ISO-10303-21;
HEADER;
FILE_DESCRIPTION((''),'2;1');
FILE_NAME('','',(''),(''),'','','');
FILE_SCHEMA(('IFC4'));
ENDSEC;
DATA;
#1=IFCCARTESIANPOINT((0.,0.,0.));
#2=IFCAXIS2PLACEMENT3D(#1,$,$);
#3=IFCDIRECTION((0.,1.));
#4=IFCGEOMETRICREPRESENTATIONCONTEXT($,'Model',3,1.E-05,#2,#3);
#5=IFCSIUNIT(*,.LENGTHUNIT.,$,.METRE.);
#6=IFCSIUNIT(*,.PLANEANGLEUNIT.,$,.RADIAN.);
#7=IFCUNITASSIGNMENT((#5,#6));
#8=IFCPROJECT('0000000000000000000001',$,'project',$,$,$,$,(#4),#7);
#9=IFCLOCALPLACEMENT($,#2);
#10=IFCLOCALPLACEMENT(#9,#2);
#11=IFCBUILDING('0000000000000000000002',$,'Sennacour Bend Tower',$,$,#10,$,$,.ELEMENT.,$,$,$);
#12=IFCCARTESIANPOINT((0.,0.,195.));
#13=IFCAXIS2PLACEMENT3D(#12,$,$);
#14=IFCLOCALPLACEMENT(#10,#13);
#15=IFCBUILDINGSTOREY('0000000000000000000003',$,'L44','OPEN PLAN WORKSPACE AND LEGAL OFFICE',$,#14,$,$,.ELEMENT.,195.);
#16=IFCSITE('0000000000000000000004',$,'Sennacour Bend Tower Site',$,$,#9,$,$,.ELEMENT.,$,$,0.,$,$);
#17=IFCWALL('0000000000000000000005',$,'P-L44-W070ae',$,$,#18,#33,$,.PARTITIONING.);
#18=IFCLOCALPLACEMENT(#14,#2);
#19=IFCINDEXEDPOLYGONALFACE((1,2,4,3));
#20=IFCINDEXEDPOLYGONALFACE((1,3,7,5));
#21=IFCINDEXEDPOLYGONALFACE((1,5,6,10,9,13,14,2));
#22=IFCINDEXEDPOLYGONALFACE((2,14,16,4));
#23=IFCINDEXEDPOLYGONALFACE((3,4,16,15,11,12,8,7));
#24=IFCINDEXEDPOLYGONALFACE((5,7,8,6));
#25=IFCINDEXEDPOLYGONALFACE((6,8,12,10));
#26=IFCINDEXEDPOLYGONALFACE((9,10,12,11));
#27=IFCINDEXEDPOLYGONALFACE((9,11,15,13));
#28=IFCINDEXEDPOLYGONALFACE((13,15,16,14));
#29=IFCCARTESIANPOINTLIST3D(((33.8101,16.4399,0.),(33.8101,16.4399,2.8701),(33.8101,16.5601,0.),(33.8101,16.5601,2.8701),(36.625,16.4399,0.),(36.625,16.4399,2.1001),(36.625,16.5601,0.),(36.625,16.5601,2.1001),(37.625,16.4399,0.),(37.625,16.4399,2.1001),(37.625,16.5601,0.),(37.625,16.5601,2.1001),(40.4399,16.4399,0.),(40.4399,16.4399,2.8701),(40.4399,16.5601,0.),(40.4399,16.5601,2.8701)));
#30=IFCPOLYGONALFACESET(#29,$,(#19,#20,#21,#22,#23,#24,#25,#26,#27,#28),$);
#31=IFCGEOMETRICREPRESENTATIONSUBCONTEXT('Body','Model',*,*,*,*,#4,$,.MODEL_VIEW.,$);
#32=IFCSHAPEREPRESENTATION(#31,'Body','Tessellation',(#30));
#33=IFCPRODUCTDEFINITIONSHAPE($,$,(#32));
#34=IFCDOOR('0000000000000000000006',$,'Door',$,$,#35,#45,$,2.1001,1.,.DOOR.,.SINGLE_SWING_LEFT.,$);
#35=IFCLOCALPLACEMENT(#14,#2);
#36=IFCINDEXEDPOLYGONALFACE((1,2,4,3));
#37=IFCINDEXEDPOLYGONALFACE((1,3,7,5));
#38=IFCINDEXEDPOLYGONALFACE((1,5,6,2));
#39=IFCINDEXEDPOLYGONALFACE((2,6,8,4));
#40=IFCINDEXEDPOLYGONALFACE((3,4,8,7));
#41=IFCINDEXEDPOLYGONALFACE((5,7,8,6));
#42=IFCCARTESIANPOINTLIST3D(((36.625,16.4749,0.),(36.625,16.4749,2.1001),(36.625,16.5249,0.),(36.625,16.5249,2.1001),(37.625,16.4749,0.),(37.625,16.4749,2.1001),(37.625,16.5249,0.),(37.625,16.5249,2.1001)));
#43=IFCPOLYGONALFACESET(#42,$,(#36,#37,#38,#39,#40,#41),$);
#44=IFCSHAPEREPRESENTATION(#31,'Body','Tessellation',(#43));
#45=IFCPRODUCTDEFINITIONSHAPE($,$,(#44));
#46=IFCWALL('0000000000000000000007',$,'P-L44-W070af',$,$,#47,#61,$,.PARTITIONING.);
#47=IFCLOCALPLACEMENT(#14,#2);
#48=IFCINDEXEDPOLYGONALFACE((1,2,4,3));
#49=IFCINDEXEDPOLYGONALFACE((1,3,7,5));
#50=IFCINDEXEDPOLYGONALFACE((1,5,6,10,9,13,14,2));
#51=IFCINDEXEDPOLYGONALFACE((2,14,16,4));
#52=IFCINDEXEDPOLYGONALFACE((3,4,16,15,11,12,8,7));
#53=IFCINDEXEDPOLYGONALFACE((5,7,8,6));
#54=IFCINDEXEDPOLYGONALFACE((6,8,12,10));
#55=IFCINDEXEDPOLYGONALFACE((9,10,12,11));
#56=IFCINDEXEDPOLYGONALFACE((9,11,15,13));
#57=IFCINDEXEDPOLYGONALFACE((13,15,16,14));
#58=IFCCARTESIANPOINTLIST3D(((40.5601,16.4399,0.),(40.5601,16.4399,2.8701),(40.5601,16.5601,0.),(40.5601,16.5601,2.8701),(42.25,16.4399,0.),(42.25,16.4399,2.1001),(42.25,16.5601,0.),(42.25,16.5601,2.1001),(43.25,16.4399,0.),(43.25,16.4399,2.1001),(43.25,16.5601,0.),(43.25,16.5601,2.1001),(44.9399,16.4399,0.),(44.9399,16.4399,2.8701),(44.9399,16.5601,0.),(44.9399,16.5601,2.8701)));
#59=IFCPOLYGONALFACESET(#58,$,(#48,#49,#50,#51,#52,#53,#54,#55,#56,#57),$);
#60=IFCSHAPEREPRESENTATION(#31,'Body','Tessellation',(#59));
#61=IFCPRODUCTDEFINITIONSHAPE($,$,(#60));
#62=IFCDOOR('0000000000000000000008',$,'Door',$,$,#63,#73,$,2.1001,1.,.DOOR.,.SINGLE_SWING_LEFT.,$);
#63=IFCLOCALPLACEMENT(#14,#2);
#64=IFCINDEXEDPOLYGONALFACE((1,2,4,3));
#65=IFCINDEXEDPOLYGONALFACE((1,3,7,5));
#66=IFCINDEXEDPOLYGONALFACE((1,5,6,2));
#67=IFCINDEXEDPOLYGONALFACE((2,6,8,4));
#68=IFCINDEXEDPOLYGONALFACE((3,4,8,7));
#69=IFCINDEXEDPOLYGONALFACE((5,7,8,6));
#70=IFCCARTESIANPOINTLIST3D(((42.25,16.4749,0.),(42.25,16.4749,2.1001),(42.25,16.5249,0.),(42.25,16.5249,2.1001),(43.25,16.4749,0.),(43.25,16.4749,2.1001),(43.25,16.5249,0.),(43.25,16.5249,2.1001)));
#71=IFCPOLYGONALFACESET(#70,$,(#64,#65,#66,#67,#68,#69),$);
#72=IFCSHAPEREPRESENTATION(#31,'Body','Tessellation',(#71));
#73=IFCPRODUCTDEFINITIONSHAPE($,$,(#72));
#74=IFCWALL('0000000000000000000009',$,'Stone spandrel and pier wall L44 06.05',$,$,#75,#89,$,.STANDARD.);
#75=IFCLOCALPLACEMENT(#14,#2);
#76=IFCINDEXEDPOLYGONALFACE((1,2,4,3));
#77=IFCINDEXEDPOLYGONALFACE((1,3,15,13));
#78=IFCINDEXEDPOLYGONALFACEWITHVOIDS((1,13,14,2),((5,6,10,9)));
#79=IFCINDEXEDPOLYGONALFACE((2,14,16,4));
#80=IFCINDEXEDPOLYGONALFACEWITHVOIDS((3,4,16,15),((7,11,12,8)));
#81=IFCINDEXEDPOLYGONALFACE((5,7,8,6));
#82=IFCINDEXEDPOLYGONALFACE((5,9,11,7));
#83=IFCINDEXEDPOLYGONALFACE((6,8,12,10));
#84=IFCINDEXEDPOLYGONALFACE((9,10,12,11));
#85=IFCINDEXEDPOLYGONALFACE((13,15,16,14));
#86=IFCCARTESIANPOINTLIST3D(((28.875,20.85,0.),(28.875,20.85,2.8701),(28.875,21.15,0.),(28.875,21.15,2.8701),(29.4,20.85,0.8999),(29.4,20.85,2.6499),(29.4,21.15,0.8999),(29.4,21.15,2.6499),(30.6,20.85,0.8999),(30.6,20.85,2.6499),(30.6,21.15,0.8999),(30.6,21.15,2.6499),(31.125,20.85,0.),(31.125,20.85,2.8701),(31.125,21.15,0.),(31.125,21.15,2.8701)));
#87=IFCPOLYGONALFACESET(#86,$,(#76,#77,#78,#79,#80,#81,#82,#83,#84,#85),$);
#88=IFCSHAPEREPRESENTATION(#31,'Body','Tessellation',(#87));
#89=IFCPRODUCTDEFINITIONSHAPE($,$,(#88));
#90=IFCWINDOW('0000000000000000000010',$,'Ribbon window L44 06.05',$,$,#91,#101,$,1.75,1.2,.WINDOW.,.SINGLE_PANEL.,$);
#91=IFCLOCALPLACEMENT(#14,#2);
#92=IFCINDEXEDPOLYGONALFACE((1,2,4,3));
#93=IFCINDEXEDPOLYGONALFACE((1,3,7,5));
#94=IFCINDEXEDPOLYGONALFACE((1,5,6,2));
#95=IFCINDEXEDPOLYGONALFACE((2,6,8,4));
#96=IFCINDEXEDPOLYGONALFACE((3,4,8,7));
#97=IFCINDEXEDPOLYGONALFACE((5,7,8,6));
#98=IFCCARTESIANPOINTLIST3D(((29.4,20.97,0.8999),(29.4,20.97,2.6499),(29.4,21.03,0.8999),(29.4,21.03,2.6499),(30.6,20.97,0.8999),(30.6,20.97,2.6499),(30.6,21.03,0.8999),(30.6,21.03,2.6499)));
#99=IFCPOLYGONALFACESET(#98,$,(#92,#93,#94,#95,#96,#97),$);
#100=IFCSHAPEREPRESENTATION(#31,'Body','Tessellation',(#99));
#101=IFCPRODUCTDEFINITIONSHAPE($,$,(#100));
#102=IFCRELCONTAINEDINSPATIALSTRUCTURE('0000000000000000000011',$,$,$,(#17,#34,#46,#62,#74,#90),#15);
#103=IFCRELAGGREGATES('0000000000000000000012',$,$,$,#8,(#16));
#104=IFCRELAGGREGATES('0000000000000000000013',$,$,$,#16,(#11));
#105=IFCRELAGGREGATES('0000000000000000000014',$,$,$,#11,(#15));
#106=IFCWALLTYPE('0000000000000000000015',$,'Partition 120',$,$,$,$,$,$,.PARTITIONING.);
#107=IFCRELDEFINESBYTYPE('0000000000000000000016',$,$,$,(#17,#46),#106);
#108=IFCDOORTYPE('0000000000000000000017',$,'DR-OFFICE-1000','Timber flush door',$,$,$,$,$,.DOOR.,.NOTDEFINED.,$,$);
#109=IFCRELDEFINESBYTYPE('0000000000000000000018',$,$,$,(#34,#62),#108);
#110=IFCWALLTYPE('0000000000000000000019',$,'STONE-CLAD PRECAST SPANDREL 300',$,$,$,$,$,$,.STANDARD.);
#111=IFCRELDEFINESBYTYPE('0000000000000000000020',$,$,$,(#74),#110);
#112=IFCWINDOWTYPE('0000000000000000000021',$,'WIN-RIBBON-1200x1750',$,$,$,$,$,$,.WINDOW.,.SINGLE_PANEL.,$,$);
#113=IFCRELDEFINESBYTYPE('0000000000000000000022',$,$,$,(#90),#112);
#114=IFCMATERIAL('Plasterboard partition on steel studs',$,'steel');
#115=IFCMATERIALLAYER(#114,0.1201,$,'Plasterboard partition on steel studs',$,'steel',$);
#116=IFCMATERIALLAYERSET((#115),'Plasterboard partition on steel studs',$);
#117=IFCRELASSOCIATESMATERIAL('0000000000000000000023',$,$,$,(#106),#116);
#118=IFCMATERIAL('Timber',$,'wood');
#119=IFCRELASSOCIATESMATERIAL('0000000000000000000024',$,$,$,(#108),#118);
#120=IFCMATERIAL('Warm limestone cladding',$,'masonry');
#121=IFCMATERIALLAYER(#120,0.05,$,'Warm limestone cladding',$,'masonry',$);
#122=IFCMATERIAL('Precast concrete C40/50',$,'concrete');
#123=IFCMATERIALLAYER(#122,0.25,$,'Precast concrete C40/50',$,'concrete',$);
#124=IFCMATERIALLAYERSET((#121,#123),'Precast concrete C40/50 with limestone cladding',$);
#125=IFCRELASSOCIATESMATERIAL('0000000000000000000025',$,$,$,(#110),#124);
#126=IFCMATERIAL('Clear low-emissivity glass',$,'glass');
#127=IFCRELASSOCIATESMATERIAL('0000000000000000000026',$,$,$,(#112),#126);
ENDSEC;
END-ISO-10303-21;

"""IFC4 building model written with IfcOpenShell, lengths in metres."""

from ifc_helpers import new_model, si_unit, direction, frame, frame_2d, origin, place, context, subcontext, project, spatial, rectangle, extrude, material, layer, layer_set, type_object, element, fill, save


model = new_model("IFC4")

# Units and contexts
model_context = context("Model", 3, precision=1e-05, world=origin(), true_north=direction((0.0, 1.0)))
body_context = subcontext(model_context, "Body", "Model", "MODEL_VIEW")
ifc_project = project(units=[si_unit("LENGTHUNIT", "METRE"), si_unit("PLANEANGLEUNIT", "RADIAN")], contexts=[model_context])

# Site, building, storey
site_placement = place(None, origin())
site = spatial("IfcSite", under=ifc_project, at=site_placement, Name="Sennacour Bend Tower Site", CompositionType="ELEMENT", RefElevation=0.0)
building_placement = place(site_placement, origin())
building = spatial("IfcBuilding", under=site, at=building_placement, Name="Sennacour Bend Tower", CompositionType="ELEMENT")
storey_placement = place(building_placement, frame((0.0, 0.0, 195.0)))
storey = spatial("IfcBuildingStorey", under=building, at=storey_placement, Name="L44", Description="OPEN PLAN WORKSPACE AND LEGAL OFFICE", CompositionType="ELEMENT", Elevation=195.0)

# Shared definitions
ifc_material_1 = material(Name="Plasterboard partition on steel studs", Category="steel")
ifc_layer_1 = layer(ifc_material_1, 0.1201, Name="Plasterboard partition on steel studs", Category="steel")
ifc_layer_set_1 = layer_set([ifc_layer_1], Name="Plasterboard partition on steel studs")
wall_type_1 = type_object("IfcWallType", Name="Partition 120", PredefinedType="PARTITIONING", material=ifc_layer_set_1)

# Shared definitions
ifc_material_2 = material(Name="Timber", Category="wood")

# Walls, openings, doors
door_type_1 = type_object("IfcDoorType", Name="DR-OFFICE-1000", Description="Timber flush door", OperationType="NOTDEFINED", PredefinedType="DOOR", material=ifc_material_2)
wall_1_placement = place(storey_placement, frame((33.8101, 16.5, 0.0), z_axis=(0.0, 0.0, 1.0), x_axis=(1.0, 0.0, 0.0)))
wall_1 = element("IfcWall", 1, at=wall_1_placement, inside=storey, type_object=wall_type_1, Name="P-L44-W070ae", PredefinedType="PARTITIONING", context=body_context, shape_type="SweptSolid", body=[
    extrude(rectangle(XDim=6.6299, YDim=0.1201, at=frame_2d((3.3149, 0.0))), origin(), (0.0, 0.0, 1.0), 2.8701),
])
opening_1_placement = place(wall_1_placement, frame((2.8149, 0.0, 0.0)))
opening_1 = element("IfcOpeningElement", 2, at=opening_1_placement, cuts=wall_1, PredefinedType="OPENING", context=body_context, shape_type="SweptSolid", body=[
    extrude(rectangle(XDim=1.0, YDim=2.1001, at=frame_2d((0.5, 1.05))), frame((0.0, 0.0701, 0.0), z_axis=(0.0, -1.0, 0.0), x_axis=(1.0, 0.0, 0.0)), (0.0, 0.0, 1.0), 0.1401),
])
door_1_placement = place(opening_1_placement, origin())
door_1 = element("IfcDoor", 3, at=door_1_placement, inside=storey, type_object=door_type_1, Name="Door", OperationType="SINGLE_SWING_LEFT", OverallHeight=2.1001, OverallWidth=1.0, PredefinedType="DOOR", context=body_context, shape_type="SweptSolid", body=[
    extrude(rectangle(XDim=1.0, YDim=2.1001, at=frame_2d((0.5, 1.05))), frame((0.0, 0.0249, 0.0), z_axis=(0.0, -1.0, 0.0), x_axis=(1.0, 0.0, 0.0)), (0.0, 0.0, 1.0), 0.05),
])
fill(opening_1, door_1)
wall_2_placement = place(storey_placement, frame((40.5601, 16.5, 0.0), z_axis=(0.0, 0.0, 1.0), x_axis=(1.0, 0.0, 0.0)))
wall_2 = element("IfcWall", 4, at=wall_2_placement, inside=storey, type_object=wall_type_1, Name="P-L44-W070af", PredefinedType="PARTITIONING", context=body_context, shape_type="SweptSolid", body=[
    extrude(rectangle(XDim=4.3799, YDim=0.1201, at=frame_2d((2.1899, 0.0))), origin(), (0.0, 0.0, 1.0), 2.8701),
])
opening_2_placement = place(wall_2_placement, frame((1.6899, 0.0, 0.0)))
opening_2 = element("IfcOpeningElement", 5, at=opening_2_placement, cuts=wall_2, PredefinedType="OPENING", context=body_context, shape_type="SweptSolid", body=[
    extrude(rectangle(XDim=1.0, YDim=2.1001, at=frame_2d((0.5, 1.05))), frame((0.0, 0.0701, 0.0), z_axis=(0.0, -1.0, 0.0), x_axis=(1.0, 0.0, 0.0)), (0.0, 0.0, 1.0), 0.1401),
])
door_2_placement = place(opening_2_placement, origin())
door_2 = element("IfcDoor", 6, at=door_2_placement, inside=storey, type_object=door_type_1, Name="Door", OperationType="SINGLE_SWING_LEFT", OverallHeight=2.1001, OverallWidth=1.0, PredefinedType="DOOR", context=body_context, shape_type="SweptSolid", body=[
    extrude(rectangle(XDim=1.0, YDim=2.1001, at=frame_2d((0.5, 1.05))), frame((0.0, 0.0249, 0.0), z_axis=(0.0, -1.0, 0.0), x_axis=(1.0, 0.0, 0.0)), (0.0, 0.0, 1.0), 0.05),
])
fill(opening_2, door_2)

# Wall, opening, window
ifc_material_3 = material(Name="Warm limestone cladding", Category="masonry")
ifc_layer_2 = layer(ifc_material_3, 0.05, Name="Warm limestone cladding", Category="masonry")
ifc_material_4 = material(Name="Precast concrete C40/50", Category="concrete")
ifc_layer_3 = layer(ifc_material_4, 0.25, Name="Precast concrete C40/50", Category="concrete")
ifc_layer_set_2 = layer_set([ifc_layer_2, ifc_layer_3], Name="Precast concrete C40/50 with limestone cladding")
wall_type_2 = type_object("IfcWallType", Name="STONE-CLAD PRECAST SPANDREL 300", PredefinedType="STANDARD", material=ifc_layer_set_2)
wall_3_placement = place(storey_placement, frame((31.125, 21.0, 0.0), z_axis=(0.0, 0.0, 1.0), x_axis=(-1.0, 0.0, 0.0)))
wall_3 = element("IfcWall", 7, at=wall_3_placement, inside=storey, type_object=wall_type_2, Name="Stone spandrel and pier wall L44 06.05", PredefinedType="STANDARD", context=body_context, shape_type="SweptSolid", body=[
    extrude(rectangle(XDim=2.25, YDim=0.3, at=frame_2d((1.125, 0.0))), origin(), (0.0, 0.0, 1.0), 2.8701),
])
opening_3_placement = place(wall_3_placement, frame((0.5249, 0.0, 0.8999)))
opening_3 = element("IfcOpeningElement", 8, at=opening_3_placement, cuts=wall_3, PredefinedType="OPENING", context=body_context, shape_type="SweptSolid", body=[
    extrude(rectangle(XDim=1.2, YDim=1.75, at=frame_2d((0.6001, 0.875))), frame((0.0, 0.1602, 0.0), z_axis=(0.0, -1.0, 0.0), x_axis=(1.0, 0.0, 0.0)), (0.0, 0.0, 1.0), 0.3201),
])
ifc_material_5 = material(Name="Clear low-emissivity glass", Category="glass")
window_type = type_object("IfcWindowType", Name="WIN-RIBBON-1200x1750", PartitioningType="SINGLE_PANEL", PredefinedType="WINDOW", material=ifc_material_5)
window_placement = place(opening_3_placement, origin())
window = element("IfcWindow", 9, at=window_placement, inside=storey, type_object=window_type, Name="Ribbon window L44 06.05", OverallHeight=1.75, OverallWidth=1.2, PartitioningType="SINGLE_PANEL", PredefinedType="WINDOW", context=body_context, shape_type="SweptSolid", body=[
    extrude(rectangle(XDim=1.2, YDim=1.75, at=frame_2d((0.6001, 0.875))), frame((0.0, 0.03, 0.0), z_axis=(0.0, -1.0, 0.0), x_axis=(1.0, 0.0, 0.0)), (0.0, 0.0, 1.0), 0.0601),
])
fill(opening_3, window)

save(model, "model.ifc")
